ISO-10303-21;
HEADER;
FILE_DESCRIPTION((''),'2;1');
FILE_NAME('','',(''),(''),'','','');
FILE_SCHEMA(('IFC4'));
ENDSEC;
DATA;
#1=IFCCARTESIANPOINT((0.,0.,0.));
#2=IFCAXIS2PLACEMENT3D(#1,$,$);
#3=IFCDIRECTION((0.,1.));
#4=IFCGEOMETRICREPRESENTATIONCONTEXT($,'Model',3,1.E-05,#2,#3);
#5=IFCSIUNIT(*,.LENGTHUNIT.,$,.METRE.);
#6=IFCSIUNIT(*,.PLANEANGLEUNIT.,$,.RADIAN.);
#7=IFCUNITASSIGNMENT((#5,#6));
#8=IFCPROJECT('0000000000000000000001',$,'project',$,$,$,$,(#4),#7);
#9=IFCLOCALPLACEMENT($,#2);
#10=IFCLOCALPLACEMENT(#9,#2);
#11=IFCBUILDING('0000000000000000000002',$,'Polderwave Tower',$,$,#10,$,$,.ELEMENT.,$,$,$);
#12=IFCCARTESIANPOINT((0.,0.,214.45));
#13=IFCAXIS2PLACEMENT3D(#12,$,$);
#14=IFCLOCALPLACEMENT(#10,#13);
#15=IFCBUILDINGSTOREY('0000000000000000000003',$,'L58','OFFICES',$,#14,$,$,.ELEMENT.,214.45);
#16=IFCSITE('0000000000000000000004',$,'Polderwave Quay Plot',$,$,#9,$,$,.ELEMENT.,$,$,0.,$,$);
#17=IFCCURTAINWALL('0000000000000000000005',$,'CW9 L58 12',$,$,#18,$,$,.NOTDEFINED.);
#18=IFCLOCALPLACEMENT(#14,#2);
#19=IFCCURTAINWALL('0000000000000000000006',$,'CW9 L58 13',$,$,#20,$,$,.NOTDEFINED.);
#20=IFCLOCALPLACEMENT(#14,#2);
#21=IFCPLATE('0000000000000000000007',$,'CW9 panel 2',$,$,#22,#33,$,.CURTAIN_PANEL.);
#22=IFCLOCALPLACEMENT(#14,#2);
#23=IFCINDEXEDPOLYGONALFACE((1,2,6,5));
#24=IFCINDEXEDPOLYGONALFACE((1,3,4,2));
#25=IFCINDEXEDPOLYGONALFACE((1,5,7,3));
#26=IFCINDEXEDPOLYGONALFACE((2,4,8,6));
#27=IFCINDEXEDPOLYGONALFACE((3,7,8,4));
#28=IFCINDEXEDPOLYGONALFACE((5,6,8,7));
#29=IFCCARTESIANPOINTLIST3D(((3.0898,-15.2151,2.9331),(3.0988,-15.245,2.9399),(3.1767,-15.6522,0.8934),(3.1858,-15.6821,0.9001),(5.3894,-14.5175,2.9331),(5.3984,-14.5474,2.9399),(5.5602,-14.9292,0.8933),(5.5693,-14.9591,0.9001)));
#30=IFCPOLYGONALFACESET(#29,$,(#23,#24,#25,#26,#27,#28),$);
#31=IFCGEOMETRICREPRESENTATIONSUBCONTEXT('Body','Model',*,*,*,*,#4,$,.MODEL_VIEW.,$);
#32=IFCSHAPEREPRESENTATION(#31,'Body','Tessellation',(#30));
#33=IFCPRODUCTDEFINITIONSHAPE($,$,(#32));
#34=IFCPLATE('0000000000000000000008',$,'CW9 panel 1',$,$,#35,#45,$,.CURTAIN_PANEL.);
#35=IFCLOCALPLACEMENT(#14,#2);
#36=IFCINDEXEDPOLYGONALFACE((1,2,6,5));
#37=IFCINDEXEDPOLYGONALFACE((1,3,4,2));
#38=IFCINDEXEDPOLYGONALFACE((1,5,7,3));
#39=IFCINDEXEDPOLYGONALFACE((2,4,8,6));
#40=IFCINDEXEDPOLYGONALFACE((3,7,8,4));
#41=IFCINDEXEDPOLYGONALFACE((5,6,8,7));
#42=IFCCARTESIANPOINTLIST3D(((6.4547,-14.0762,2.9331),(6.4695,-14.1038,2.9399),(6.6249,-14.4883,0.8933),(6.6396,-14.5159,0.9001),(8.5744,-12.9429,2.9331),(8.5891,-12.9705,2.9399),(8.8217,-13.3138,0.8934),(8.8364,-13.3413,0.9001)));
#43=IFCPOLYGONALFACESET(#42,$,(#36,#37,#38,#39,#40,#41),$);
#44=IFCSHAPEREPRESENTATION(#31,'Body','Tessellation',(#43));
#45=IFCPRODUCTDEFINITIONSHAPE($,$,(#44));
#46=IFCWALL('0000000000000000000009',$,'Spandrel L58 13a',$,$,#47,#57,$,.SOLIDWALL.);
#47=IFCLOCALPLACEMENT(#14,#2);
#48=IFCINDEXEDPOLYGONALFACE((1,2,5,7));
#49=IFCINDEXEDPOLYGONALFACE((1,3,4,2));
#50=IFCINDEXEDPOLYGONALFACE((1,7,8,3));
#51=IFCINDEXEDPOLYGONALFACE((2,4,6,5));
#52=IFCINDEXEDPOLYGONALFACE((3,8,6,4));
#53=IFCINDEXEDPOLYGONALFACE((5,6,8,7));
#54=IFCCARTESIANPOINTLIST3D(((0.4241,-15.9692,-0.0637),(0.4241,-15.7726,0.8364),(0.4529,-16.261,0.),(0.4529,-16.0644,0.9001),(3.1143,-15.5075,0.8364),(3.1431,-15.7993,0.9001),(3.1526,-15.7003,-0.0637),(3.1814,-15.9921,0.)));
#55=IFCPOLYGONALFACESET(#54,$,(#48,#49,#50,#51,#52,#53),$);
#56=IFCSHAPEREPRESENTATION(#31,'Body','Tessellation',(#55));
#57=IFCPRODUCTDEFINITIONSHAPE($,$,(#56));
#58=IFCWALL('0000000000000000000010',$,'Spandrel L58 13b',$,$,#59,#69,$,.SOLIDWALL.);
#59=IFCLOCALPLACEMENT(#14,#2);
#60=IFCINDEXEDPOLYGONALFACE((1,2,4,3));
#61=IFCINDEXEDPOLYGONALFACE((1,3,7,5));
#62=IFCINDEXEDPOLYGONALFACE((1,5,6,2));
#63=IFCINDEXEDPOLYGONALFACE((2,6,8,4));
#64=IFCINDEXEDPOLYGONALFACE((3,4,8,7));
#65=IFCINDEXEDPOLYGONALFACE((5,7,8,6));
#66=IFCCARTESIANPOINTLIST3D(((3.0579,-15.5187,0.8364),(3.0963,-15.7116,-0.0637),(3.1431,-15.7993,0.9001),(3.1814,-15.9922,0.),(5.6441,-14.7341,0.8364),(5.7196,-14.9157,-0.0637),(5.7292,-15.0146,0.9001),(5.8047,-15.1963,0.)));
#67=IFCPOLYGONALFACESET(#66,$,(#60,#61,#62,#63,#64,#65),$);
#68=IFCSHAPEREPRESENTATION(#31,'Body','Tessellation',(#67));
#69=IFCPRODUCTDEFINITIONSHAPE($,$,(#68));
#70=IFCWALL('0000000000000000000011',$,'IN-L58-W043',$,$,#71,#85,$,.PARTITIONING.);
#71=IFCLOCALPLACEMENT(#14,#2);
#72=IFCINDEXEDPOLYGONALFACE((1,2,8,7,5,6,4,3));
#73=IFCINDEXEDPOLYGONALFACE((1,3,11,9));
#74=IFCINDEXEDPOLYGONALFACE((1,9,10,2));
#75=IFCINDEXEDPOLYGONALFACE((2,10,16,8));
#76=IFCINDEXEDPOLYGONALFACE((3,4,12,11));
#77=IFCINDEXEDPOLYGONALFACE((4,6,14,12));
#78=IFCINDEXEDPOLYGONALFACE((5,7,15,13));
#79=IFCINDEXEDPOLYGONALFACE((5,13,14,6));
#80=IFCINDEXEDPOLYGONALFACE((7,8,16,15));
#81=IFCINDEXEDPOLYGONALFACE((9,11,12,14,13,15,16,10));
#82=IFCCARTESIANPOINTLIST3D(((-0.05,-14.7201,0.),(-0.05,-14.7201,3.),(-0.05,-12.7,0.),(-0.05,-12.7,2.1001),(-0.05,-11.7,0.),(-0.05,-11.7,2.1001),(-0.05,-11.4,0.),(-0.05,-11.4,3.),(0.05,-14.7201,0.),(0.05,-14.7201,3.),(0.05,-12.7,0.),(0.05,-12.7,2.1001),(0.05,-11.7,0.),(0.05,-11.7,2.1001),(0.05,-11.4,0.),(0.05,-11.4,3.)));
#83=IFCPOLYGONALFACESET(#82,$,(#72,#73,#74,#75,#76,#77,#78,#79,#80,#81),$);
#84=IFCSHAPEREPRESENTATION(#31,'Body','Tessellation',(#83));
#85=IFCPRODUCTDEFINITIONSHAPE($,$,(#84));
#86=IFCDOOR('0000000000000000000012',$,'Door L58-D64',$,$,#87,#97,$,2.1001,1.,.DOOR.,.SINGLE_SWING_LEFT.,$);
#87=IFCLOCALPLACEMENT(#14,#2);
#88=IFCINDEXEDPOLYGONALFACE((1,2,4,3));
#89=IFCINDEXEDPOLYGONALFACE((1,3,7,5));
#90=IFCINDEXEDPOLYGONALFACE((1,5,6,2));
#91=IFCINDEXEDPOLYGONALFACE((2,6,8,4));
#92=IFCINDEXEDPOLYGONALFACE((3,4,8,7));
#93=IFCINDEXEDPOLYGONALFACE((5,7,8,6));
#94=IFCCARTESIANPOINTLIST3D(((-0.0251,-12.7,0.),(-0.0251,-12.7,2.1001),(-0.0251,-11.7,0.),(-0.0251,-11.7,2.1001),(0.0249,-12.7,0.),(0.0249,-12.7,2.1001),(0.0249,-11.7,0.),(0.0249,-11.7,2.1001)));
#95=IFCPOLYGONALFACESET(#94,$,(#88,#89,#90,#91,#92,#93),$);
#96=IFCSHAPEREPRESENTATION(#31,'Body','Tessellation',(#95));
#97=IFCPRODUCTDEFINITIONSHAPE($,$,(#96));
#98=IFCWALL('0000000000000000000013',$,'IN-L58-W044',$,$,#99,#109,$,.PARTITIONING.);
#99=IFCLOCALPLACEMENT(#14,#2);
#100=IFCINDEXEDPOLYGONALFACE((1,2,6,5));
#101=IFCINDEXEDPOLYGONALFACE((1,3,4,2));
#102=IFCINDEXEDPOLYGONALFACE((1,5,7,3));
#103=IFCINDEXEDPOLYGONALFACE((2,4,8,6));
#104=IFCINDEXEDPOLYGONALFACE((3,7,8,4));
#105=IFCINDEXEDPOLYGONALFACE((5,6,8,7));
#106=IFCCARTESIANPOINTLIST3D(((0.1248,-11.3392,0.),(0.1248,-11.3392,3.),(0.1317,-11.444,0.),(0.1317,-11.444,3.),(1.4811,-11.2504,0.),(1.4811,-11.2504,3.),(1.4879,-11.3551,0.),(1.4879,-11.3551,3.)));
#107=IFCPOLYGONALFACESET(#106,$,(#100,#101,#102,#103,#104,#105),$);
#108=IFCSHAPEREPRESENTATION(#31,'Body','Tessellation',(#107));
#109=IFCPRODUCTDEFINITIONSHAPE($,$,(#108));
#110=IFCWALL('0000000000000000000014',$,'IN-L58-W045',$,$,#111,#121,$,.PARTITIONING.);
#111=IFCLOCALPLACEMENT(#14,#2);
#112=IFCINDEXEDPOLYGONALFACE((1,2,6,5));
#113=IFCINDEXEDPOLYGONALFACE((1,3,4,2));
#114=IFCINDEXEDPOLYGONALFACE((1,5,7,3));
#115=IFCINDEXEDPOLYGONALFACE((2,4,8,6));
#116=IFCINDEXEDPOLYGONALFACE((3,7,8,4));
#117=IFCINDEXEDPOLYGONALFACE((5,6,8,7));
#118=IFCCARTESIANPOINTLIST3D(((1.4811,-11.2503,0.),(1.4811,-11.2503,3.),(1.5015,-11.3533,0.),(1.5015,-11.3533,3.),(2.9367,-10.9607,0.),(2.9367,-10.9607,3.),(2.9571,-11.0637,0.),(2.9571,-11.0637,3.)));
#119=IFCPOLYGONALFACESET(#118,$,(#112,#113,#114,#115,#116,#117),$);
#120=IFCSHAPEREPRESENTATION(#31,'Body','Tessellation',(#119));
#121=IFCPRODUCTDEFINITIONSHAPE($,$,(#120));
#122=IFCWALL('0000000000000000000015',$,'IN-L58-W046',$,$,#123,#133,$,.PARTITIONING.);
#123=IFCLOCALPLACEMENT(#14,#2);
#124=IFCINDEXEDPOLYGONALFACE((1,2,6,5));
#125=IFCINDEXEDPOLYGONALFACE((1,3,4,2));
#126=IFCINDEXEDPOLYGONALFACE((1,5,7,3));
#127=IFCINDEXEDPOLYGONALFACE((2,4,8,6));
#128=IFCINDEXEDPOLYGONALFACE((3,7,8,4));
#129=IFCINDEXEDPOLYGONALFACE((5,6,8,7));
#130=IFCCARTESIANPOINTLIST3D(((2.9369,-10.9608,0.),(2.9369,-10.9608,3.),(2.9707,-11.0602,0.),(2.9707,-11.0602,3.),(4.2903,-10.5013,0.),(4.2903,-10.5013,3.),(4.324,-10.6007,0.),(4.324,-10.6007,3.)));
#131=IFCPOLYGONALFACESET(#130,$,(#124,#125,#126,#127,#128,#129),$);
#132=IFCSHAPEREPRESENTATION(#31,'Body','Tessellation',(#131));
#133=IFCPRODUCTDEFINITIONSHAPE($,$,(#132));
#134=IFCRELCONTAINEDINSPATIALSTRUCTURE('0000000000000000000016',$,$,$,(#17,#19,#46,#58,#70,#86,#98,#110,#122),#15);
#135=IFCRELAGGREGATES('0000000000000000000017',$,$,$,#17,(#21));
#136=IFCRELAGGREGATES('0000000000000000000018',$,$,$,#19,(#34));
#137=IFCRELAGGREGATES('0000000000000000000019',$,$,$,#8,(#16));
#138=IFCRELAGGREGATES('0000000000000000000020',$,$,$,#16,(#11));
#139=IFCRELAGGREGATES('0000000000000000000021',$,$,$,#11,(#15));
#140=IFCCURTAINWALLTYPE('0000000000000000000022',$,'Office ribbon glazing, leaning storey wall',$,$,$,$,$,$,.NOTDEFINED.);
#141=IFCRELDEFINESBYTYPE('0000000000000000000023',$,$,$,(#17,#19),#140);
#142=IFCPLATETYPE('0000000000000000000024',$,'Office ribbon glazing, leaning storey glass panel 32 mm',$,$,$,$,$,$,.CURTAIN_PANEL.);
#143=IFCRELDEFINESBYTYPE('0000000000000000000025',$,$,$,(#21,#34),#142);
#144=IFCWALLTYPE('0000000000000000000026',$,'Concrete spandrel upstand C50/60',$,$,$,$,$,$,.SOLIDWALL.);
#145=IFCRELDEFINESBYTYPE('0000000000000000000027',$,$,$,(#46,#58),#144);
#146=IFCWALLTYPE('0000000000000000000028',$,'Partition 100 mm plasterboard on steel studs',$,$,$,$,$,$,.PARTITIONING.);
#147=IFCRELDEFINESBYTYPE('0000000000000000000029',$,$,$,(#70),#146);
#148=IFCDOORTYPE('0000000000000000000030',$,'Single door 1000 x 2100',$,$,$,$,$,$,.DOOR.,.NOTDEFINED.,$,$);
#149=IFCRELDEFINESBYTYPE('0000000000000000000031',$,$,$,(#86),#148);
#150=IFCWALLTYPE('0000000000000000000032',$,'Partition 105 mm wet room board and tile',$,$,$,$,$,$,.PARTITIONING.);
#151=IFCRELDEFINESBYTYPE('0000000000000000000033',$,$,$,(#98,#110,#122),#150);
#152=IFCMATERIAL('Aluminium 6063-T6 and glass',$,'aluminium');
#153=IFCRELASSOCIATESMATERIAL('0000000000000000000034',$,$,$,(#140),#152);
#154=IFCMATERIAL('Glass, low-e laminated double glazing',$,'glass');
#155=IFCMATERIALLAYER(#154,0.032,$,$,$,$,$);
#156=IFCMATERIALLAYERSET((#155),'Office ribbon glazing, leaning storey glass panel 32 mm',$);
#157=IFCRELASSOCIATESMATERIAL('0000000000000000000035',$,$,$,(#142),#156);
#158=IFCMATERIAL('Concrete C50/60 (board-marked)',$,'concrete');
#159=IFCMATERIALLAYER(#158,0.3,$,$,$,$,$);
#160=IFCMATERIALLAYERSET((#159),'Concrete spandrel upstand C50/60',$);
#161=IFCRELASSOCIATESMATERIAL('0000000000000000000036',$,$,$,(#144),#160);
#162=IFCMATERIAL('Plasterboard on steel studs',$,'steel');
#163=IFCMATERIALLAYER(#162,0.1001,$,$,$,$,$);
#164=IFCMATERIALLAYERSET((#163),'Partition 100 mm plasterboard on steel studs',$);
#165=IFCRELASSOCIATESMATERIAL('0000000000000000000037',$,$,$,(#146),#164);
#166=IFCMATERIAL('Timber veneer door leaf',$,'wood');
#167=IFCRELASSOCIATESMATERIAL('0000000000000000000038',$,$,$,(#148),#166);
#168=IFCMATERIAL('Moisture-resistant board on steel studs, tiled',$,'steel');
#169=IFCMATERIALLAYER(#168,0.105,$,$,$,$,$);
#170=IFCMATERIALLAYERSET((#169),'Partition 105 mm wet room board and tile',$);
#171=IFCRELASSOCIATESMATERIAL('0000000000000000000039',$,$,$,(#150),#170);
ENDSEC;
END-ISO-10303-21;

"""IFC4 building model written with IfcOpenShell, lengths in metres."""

from ifc_helpers import new_model, si_unit, direction, frame, frame_2d, origin, place, context, subcontext, project, spatial, polyline, rectangle, outline, extrude, material, layer, layer_set, type_object, element, fill, aggregate, save


model = new_model("IFC4")

# Units and contexts
model_context = context("Model", 3, precision=1e-05, world=origin(), true_north=direction((0.0, 1.0)))
body_context = subcontext(model_context, "Body", "Model", "MODEL_VIEW")
ifc_project = project(units=[si_unit("LENGTHUNIT", "METRE"), si_unit("PLANEANGLEUNIT", "RADIAN")], contexts=[model_context])

# Site, building, storey
site_placement = place(None, origin())
site = spatial("IfcSite", under=ifc_project, at=site_placement, Name="Polderwave Quay Plot", CompositionType="ELEMENT", RefElevation=0.0)
building_placement = place(site_placement, origin())
building = spatial("IfcBuilding", under=site, at=building_placement, Name="Polderwave Tower", CompositionType="ELEMENT")
storey_placement = place(building_placement, frame((0.0, 0.0, 214.45)))
storey = spatial("IfcBuildingStorey", under=building, at=storey_placement, Name="L58", Description="OFFICES", CompositionType="ELEMENT", Elevation=214.45)

# Curtain wall
ifc_material_1 = material(Name="Aluminium 6063-T6 and glass", Category="aluminium")
curtain_wall_type = type_object("IfcCurtainWallType", Name="Office ribbon glazing, leaning storey wall", PredefinedType="NOTDEFINED", material=ifc_material_1)
curtain_wall_1_placement = place(storey_placement, origin())
curtain_wall_1 = element("IfcCurtainWall", 1, at=curtain_wall_1_placement, inside=storey, type_object=curtain_wall_type, Name="CW9 L58 12", PredefinedType="NOTDEFINED")

# Curtain wall
curtain_wall_2_placement = place(storey_placement, origin())
curtain_wall_2 = element("IfcCurtainWall", 2, at=curtain_wall_2_placement, inside=storey, type_object=curtain_wall_type, Name="CW9 L58 13", PredefinedType="NOTDEFINED")

# Plates
ifc_material_2 = material(Name="Glass, low-e laminated double glazing", Category="glass")
ifc_layer_1 = layer(ifc_material_2, 0.032)
ifc_layer_set_1 = layer_set([ifc_layer_1], Name="Office ribbon glazing, leaning storey glass panel 32 mm")
plate_type = type_object("IfcPlateType", Name="Office ribbon glazing, leaning storey glass panel 32 mm", PredefinedType="CURTAIN_PANEL", material=ifc_layer_set_1)
plate_1_placement = place(storey_placement, frame((3.1858, -15.6821, 0.9001), z_axis=(0.283664, -0.935083, 0.212497), x_axis=(0.956938, 0.290291, -0.000013)))
plate_1 = element("IfcPlate", 3, at=plate_1_placement, type_object=plate_type, Name="CW9 panel 2", PredefinedType="CURTAIN_PANEL", context=body_context, shape_type="SweptSolid", body=[
    extrude(outline(polyline([(0.0, 0.0), (2.4908, 0.0), (2.4468, 2.0875), (0.0437, 2.0874), (0.0, 0.0)])), origin(), (0.0, 0.0, -1.0), 0.032),
])
aggregate(curtain_wall_1, [plate_1])
plate_2_placement = place(storey_placement, frame((6.6396, -14.5159, 0.9001), z_axis=(0.460735, -0.861716, 0.21253), x_axis=(0.881862, 0.471507, 0.0)))
plate_2 = element("IfcPlate", 4, at=plate_2_placement, type_object=plate_type, Name="CW9 panel 1", PredefinedType="CURTAIN_PANEL", context=body_context, shape_type="SweptSolid", body=[
    extrude(outline(polyline([(0.0, 0.0), (2.4911, 0.0), (2.4478, 2.0875), (0.0443, 2.0875), (0.0, 0.0)])), origin(), (0.0, 0.0, -1.0), 0.032),
])
aggregate(curtain_wall_2, [plate_2])

# Walls
ifc_material_3 = material(Name="Concrete C50/60 (board-marked)", Category="concrete")
ifc_layer_2 = layer(ifc_material_3, 0.3)
ifc_layer_set_2 = layer_set([ifc_layer_2], Name="Concrete spandrel upstand C50/60")
wall_type_1 = type_object("IfcWallType", Name="Concrete spandrel upstand C50/60", PredefinedType="SOLIDWALL", material=ifc_layer_set_2)
wall_1_placement = place(storey_placement, frame((0.4529, -16.261, 0.0), z_axis=(0.095824, -0.972476, 0.212387), x_axis=(0.995181, 0.09806, -0.000004)))
element("IfcWall", 5, at=wall_1_placement, inside=storey, type_object=wall_type_1, Name="Spandrel L58 13a", PredefinedType="SOLIDWALL", context=body_context, shape_type="SweptSolid", body=[
    extrude(outline(polyline([(0.0, 0.0), (2.7417, 0.0), (2.7225, 0.9212), (0.0193, 0.9212), (0.0, 0.0)])), origin(), (0.0, 0.0, -1.0), 0.3),
])
wall_2_placement = place(storey_placement, frame((3.1814, -15.9922, 0.0), z_axis=(0.283706, -0.93508, 0.212452), x_axis=(0.956926, 0.290333, -0.000001)))
element("IfcWall", 6, at=wall_2_placement, inside=storey, type_object=wall_type_1, Name="Spandrel L58 13b", PredefinedType="SOLIDWALL", context=body_context, shape_type="SweptSolid", body=[
    extrude(outline(polyline([(0.0, 0.0), (2.7414, 0.0), (2.7219, 0.9212), (0.0193, 0.9212), (0.0, 0.0)])), origin(), (0.0, 0.0, -1.0), 0.3),
])

# Wall, opening, door
ifc_material_4 = material(Name="Plasterboard on steel studs", Category="steel")
ifc_layer_3 = layer(ifc_material_4, 0.1001)
ifc_layer_set_3 = layer_set([ifc_layer_3], Name="Partition 100 mm plasterboard on steel studs")
wall_type_2 = type_object("IfcWallType", Name="Partition 100 mm plasterboard on steel studs", PredefinedType="PARTITIONING", material=ifc_layer_set_3)
wall_3_placement = place(storey_placement, frame((0.0, -11.3999, 0.0), z_axis=(0.0, 0.0, 1.0), x_axis=(0.0, -1.0, 0.0)))
wall_3 = element("IfcWall", 7, at=wall_3_placement, inside=storey, type_object=wall_type_2, Name="IN-L58-W043", PredefinedType="PARTITIONING", context=body_context, shape_type="SweptSolid", body=[
    extrude(rectangle(XDim=3.3201, YDim=0.1001, at=frame_2d((1.6602, 0.0))), origin(), (0.0, 0.0, 1.0), 3.0),
])
opening_placement = place(wall_3_placement, frame((0.3, 0.0, 0.0)))
opening = element("IfcOpeningElement", 8, at=opening_placement, cuts=wall_3, PredefinedType="OPENING", context=body_context, shape_type="SweptSolid", body=[
    extrude(rectangle(XDim=1.0, YDim=2.1001, at=frame_2d((0.5, 1.05))), frame((0.0, 0.0601, 0.0), z_axis=(0.0, -1.0, 0.0), x_axis=(1.0, 0.0, 0.0)), (0.0, 0.0, 1.0), 0.1201),
])
ifc_material_5 = material(Name="Timber veneer door leaf", Category="wood")
door_type = type_object("IfcDoorType", Name="Single door 1000 x 2100", OperationType="NOTDEFINED", PredefinedType="DOOR", material=ifc_material_5)
door_placement = place(opening_placement, origin())
door = element("IfcDoor", 9, at=door_placement, inside=storey, type_object=door_type, Name="Door L58-D64", OperationType="SINGLE_SWING_LEFT", OverallHeight=2.1001, OverallWidth=1.0, PredefinedType="DOOR", context=body_context, shape_type="SweptSolid", body=[
    extrude(rectangle(XDim=1.0, YDim=2.1001, at=frame_2d((0.5, 1.05))), frame((0.0, 0.0249, 0.0), z_axis=(0.0, -1.0, 0.0), x_axis=(1.0, 0.0, 0.0)), (0.0, 0.0, 1.0), 0.05),
])
fill(opening, door)

# Walls
ifc_material_6 = material(Name="Moisture-resistant board on steel studs, tiled", Category="steel")
ifc_layer_4 = layer(ifc_material_6, 0.105)
ifc_layer_set_4 = layer_set([ifc_layer_4], Name="Partition 105 mm wet room board and tile")
wall_type_3 = type_object("IfcWallType", Name="Partition 105 mm wet room board and tile", PredefinedType="PARTITIONING", material=ifc_layer_set_4)
wall_4_placement = place(storey_placement, frame((1.4846, -11.3027, 0.0), z_axis=(0.0, 0.0, 1.0), x_axis=(-0.99786, -0.065386, 0.0)))
element("IfcWall", 10, at=wall_4_placement, inside=storey, type_object=wall_type_3, Name="IN-L58-W044", PredefinedType="PARTITIONING", context=body_context, shape_type="SweptSolid", body=[
    extrude(rectangle(XDim=1.3591, YDim=0.105, at=frame_2d((0.6797, 0.0))), origin(), (0.0, 0.0, 1.0), 3.0),
])
wall_5_placement = place(storey_placement, frame((2.947, -11.0122, 0.0), z_axis=(0.0, 0.0, 1.0), x_axis=(-0.980783, -0.195104, 0.0)))
element("IfcWall", 11, at=wall_5_placement, inside=storey, type_object=wall_type_3, Name="IN-L58-W045", PredefinedType="PARTITIONING", context=body_context, shape_type="SweptSolid", body=[
    extrude(rectangle(XDim=1.4841, YDim=0.105, at=frame_2d((0.7422, 0.0))), origin(), (0.0, 0.0, 1.0), 3.0),
])
wall_6_placement = place(storey_placement, frame((4.3071, -10.551, 0.0), z_axis=(0.0, 0.0, 1.0), x_axis=(-0.946909, -0.321502, 0.0)))
element("IfcWall", 12, at=wall_6_placement, inside=storey, type_object=wall_type_3, Name="IN-L58-W046", PredefinedType="PARTITIONING", context=body_context, shape_type="SweptSolid", body=[
    extrude(rectangle(XDim=1.4292, YDim=0.105, at=frame_2d((0.7146, 0.0))), origin(), (0.0, 0.0, 1.0), 3.0),
])

save(model, "model.ifc")
